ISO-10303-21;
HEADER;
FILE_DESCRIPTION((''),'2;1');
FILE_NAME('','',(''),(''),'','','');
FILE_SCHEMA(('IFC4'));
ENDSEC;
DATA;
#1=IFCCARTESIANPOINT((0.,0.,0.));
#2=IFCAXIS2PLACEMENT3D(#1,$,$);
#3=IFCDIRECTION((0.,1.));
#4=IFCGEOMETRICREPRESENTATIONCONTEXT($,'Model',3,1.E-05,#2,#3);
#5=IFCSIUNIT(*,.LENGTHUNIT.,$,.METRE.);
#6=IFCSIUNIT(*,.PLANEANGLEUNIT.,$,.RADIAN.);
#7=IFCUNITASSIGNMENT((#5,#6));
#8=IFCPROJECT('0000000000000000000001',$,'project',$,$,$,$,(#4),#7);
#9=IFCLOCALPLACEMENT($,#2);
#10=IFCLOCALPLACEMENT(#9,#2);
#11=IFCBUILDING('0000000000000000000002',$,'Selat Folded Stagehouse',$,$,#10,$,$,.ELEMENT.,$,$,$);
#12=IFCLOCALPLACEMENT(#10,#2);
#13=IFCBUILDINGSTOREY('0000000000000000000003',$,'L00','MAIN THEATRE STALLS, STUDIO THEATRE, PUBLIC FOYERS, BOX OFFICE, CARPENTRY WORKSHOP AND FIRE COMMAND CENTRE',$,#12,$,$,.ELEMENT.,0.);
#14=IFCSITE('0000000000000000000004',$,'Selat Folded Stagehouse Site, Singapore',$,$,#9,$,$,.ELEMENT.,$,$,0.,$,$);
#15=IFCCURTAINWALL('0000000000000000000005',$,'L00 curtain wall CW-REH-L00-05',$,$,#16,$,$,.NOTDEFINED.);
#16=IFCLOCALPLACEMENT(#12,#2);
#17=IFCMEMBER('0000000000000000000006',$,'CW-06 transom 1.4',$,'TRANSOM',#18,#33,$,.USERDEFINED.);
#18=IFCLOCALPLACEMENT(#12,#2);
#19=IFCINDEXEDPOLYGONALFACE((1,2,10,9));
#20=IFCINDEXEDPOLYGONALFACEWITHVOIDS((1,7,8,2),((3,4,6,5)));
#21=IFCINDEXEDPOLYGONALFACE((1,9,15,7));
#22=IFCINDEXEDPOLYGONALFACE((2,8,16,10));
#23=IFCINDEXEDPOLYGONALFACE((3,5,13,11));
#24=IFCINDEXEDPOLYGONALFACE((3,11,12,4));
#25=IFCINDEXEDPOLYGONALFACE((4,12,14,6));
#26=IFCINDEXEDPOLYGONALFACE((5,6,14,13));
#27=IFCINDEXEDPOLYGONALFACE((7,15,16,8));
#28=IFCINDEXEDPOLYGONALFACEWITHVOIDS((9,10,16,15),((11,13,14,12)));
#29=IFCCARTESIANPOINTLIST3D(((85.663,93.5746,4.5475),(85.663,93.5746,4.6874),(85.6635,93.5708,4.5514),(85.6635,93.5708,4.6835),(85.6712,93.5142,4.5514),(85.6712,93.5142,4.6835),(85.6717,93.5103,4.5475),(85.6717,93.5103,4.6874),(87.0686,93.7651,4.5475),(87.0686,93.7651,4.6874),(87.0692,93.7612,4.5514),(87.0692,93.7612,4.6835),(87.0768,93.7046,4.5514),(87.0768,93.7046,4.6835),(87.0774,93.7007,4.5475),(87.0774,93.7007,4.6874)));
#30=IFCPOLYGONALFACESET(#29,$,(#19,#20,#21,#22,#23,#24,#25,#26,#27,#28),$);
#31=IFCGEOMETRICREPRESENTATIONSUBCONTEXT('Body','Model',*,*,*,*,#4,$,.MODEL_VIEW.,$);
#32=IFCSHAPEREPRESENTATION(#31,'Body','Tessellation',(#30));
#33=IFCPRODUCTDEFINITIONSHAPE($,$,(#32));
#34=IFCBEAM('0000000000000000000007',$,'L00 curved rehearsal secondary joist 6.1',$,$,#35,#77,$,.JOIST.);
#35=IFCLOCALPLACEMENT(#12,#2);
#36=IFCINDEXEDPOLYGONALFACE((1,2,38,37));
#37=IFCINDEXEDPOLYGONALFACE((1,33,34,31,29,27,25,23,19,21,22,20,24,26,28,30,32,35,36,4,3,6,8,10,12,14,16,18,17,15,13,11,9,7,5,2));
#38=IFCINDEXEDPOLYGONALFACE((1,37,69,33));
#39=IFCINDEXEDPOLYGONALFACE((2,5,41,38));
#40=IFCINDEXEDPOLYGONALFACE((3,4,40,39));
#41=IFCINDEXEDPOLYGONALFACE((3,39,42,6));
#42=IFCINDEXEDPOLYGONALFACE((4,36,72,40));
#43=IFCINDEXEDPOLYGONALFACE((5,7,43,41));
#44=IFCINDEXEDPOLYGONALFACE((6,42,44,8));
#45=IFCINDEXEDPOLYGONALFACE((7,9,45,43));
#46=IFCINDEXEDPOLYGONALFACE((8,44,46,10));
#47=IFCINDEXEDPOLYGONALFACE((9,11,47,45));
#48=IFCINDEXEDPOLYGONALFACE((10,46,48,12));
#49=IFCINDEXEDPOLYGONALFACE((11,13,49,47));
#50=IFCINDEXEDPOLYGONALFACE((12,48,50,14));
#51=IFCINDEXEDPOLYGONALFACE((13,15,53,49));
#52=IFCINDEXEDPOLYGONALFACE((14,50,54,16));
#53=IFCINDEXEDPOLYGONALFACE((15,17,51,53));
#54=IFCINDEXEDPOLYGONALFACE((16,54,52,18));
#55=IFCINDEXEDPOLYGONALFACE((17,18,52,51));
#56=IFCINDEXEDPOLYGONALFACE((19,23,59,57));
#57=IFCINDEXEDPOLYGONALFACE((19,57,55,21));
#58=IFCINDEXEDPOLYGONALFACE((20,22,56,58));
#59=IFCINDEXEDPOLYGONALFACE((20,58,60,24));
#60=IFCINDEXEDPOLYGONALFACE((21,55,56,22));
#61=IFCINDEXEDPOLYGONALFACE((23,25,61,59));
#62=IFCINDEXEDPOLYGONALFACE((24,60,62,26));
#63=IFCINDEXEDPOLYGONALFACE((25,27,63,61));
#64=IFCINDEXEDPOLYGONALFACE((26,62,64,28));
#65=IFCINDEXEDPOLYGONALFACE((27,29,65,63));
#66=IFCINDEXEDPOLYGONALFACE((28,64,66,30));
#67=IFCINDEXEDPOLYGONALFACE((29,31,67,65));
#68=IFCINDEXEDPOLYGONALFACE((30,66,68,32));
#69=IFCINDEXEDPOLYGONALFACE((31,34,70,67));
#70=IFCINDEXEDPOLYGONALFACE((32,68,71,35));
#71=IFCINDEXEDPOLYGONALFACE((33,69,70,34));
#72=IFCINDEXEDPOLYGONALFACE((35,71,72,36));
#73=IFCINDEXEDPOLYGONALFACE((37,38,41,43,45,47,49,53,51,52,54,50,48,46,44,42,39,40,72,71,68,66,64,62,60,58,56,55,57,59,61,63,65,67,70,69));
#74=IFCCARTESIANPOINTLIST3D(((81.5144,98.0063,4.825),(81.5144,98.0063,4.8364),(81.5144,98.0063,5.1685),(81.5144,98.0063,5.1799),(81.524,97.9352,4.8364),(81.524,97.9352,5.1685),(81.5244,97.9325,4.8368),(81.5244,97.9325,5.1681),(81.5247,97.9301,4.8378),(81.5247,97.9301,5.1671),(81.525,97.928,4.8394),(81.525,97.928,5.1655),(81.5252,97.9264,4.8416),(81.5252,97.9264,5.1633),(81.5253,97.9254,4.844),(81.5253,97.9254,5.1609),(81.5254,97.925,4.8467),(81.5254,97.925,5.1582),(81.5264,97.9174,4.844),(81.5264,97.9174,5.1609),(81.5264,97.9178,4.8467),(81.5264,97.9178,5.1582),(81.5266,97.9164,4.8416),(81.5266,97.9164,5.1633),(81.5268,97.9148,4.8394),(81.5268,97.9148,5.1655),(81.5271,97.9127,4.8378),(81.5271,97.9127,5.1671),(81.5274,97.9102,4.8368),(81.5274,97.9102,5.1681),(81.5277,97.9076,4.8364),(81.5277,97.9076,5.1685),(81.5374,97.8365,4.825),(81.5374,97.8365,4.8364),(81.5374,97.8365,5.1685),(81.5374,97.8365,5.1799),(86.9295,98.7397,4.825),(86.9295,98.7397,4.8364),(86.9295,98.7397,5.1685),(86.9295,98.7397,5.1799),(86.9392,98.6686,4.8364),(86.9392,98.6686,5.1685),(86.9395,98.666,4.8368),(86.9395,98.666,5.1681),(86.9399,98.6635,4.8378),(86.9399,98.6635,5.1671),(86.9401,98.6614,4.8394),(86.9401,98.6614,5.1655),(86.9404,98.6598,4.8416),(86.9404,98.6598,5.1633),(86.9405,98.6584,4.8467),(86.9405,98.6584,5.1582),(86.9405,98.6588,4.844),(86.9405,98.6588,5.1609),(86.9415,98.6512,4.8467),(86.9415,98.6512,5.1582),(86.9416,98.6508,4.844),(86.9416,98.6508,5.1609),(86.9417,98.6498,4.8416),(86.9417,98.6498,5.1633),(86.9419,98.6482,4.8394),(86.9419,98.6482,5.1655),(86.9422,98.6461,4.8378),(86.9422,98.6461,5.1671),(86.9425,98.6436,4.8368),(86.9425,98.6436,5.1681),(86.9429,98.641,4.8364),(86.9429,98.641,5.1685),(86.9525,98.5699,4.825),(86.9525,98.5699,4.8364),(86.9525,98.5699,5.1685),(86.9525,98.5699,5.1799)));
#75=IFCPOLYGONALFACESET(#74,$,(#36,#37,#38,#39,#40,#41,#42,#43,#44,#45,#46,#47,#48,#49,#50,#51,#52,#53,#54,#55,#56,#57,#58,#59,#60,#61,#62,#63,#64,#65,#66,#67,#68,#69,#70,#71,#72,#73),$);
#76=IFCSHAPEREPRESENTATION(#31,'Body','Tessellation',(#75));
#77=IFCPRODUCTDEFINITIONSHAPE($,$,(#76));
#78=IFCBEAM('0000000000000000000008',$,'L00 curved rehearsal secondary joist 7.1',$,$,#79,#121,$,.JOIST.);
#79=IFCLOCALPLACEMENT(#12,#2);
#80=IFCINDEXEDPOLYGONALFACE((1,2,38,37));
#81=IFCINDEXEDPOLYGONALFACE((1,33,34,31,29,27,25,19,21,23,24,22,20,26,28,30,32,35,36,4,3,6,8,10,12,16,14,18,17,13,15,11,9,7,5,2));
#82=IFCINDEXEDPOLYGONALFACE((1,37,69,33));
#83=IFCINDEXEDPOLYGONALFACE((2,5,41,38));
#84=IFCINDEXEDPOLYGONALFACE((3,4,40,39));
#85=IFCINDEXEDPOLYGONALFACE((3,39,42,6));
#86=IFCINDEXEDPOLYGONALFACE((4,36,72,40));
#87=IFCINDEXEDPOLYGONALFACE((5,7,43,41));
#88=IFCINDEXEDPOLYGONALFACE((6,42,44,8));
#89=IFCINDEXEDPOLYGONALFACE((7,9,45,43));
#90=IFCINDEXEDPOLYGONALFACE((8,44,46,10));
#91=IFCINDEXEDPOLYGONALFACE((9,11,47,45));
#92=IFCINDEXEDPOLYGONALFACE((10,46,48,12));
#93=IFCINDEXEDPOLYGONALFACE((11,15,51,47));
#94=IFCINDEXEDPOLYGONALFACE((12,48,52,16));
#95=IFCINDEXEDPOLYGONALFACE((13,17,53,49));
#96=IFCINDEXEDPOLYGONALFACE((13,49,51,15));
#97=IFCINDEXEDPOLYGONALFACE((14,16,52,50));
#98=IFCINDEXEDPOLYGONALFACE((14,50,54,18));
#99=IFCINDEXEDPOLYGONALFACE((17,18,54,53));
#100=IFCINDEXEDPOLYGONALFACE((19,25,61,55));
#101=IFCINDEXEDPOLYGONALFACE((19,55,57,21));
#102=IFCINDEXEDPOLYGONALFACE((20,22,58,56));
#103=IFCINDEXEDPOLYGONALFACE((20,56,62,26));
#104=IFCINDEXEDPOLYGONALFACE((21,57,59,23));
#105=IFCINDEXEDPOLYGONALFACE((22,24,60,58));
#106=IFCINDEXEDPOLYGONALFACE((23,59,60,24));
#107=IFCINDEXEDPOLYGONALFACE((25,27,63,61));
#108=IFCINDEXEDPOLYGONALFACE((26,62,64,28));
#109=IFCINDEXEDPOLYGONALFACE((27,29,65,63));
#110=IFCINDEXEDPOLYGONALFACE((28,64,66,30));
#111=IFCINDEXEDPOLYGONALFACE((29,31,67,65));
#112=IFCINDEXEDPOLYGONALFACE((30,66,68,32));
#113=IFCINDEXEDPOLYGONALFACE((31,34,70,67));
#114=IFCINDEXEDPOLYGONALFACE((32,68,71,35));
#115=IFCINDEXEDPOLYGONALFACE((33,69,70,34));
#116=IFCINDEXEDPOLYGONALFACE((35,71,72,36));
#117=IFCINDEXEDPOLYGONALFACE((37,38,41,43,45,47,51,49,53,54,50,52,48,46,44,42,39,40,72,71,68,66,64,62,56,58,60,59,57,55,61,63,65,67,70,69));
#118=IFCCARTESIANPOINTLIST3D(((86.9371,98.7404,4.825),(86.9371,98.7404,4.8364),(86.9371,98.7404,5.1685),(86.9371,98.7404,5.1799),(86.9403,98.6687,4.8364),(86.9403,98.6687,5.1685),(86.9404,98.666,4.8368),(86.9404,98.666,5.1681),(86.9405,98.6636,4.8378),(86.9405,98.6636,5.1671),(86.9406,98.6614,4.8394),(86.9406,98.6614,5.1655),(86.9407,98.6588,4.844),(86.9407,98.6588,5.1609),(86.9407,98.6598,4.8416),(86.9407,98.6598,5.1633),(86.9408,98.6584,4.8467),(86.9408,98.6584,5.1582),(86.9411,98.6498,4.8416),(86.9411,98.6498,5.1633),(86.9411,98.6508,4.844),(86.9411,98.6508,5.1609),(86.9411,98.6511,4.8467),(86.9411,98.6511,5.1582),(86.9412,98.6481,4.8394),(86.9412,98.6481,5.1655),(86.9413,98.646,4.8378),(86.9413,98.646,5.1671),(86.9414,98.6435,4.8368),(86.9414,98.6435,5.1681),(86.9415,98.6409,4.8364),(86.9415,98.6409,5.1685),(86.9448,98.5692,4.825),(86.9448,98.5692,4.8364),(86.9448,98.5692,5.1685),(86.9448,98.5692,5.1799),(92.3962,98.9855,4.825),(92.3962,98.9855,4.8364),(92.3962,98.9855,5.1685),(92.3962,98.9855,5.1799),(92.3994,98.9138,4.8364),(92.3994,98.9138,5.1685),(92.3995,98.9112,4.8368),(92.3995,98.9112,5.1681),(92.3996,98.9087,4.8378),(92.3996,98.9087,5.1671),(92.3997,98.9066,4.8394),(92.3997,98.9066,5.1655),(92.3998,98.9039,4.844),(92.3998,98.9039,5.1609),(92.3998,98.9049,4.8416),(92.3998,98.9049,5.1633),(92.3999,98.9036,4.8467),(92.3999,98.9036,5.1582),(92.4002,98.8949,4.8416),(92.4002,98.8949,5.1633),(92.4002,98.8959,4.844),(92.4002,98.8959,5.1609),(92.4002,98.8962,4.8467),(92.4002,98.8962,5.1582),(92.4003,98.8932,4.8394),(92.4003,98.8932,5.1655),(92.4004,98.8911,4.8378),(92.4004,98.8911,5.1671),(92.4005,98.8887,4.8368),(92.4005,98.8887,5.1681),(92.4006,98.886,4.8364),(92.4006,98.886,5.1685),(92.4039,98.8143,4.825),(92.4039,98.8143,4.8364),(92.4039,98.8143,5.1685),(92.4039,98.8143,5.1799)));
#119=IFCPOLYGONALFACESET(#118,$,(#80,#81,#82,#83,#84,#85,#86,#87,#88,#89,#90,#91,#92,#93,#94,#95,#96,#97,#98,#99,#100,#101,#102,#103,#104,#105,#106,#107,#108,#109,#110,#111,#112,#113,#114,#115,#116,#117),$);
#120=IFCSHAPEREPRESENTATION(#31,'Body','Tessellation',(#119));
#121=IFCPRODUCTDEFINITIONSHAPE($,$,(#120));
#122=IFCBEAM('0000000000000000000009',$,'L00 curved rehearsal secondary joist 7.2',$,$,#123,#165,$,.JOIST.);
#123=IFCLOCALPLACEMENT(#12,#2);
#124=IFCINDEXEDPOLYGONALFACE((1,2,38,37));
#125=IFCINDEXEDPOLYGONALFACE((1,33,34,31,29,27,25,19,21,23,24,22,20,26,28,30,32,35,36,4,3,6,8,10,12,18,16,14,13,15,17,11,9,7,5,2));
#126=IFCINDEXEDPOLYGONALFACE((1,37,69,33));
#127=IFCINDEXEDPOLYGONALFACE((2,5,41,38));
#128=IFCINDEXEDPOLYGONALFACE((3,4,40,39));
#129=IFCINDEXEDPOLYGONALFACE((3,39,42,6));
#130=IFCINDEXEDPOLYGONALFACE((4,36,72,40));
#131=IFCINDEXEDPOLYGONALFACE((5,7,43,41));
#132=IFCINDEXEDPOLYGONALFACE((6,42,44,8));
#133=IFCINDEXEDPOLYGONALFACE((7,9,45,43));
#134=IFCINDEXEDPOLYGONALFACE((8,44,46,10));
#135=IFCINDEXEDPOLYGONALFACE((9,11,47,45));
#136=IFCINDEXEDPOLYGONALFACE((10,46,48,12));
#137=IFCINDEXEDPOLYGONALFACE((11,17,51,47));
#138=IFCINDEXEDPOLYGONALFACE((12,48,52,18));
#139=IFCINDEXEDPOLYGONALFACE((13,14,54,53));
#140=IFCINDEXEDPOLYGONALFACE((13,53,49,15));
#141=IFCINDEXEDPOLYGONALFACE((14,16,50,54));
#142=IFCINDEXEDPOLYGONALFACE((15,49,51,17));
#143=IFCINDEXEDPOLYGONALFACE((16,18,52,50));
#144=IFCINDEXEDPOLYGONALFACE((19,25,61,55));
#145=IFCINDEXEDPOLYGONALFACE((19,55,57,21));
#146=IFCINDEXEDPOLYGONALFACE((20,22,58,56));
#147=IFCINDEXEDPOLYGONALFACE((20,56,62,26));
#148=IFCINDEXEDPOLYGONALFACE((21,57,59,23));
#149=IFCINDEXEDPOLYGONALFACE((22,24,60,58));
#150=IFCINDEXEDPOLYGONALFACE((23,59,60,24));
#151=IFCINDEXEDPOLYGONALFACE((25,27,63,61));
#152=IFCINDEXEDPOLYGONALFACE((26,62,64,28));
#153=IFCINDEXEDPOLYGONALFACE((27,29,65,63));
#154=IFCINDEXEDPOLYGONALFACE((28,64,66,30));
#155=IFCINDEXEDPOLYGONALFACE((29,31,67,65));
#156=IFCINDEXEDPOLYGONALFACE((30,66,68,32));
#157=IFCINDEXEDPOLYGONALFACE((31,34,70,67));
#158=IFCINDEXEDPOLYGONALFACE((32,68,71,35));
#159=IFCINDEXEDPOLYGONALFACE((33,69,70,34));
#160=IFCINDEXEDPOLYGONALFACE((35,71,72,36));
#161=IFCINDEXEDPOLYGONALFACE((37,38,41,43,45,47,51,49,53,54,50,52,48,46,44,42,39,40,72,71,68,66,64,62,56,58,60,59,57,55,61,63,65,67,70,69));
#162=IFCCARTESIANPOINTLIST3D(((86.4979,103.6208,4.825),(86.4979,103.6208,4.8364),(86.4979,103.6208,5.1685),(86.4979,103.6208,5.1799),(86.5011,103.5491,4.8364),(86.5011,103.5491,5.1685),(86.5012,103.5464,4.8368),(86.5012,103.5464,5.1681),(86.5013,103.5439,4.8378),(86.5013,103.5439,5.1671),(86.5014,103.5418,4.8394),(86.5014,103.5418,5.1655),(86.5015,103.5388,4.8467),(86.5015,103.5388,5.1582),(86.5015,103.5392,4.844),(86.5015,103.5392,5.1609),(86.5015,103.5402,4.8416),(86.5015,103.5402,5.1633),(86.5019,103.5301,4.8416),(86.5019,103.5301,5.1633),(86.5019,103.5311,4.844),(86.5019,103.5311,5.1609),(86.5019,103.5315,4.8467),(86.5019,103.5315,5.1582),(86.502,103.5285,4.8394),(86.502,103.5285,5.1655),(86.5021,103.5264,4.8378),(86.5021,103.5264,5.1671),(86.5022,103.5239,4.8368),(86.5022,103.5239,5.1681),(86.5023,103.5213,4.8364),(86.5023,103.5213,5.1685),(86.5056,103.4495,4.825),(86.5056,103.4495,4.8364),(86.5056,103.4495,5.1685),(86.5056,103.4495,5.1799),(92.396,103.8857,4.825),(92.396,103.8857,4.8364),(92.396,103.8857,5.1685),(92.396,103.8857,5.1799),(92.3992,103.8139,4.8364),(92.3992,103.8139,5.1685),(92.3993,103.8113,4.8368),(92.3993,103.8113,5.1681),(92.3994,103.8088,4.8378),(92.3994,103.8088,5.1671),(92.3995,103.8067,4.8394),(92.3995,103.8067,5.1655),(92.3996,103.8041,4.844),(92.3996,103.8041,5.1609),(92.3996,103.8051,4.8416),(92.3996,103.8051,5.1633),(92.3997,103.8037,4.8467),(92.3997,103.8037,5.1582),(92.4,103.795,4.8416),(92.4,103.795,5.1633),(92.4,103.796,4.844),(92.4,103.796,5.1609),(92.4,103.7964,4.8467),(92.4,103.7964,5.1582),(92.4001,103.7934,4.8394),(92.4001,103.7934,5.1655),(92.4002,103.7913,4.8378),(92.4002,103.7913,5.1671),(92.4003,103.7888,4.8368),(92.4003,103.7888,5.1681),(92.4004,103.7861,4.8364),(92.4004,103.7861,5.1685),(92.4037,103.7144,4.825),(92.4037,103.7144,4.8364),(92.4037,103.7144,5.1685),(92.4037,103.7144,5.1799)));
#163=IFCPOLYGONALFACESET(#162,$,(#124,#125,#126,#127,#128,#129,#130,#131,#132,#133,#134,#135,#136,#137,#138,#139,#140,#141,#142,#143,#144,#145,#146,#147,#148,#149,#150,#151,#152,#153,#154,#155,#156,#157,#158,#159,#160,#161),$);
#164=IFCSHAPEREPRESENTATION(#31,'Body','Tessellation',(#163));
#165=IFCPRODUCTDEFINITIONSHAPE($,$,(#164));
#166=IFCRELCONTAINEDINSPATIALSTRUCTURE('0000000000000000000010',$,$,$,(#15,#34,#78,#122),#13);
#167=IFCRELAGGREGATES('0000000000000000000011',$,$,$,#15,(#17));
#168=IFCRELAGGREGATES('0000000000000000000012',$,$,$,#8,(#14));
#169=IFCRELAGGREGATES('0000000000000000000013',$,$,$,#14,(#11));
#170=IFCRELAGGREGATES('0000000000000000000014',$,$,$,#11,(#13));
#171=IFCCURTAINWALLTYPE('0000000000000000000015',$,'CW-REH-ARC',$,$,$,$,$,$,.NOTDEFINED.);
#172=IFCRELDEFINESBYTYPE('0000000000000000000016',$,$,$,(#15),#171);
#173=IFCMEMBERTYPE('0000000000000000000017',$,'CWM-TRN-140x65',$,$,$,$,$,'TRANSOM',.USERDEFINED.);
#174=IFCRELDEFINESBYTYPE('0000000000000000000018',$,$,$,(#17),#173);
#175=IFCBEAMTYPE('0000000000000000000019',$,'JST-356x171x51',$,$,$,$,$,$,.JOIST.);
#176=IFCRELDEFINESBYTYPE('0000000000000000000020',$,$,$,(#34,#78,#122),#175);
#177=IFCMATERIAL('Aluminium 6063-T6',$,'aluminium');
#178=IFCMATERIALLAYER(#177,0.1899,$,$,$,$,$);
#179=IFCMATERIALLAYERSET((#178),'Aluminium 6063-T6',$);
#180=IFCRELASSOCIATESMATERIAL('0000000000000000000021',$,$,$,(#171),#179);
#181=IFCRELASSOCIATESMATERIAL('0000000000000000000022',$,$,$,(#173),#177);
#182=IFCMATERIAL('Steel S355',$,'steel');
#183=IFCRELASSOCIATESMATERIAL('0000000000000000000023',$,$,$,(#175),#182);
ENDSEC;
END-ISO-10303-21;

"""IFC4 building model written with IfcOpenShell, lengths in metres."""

from ifc_helpers import new_model, si_unit, direction, frame, origin, origin_2d, place, context, subcontext, project, spatial, hollow_rectangle, i_section, extrude, material, layer, layer_set, material_profile, profile_set, type_object, element, aggregate, save


model = new_model("IFC4")

# Units and contexts
model_context = context("Model", 3, precision=1e-05, world=origin(), true_north=direction((0.0, 1.0)))
body_context = subcontext(model_context, "Body", "Model", "MODEL_VIEW")
ifc_project = project(units=[si_unit("LENGTHUNIT", "METRE"), si_unit("PLANEANGLEUNIT", "RADIAN")], contexts=[model_context])

# Site, building, storey
site_placement = place(None, origin())
site = spatial("IfcSite", under=ifc_project, at=site_placement, Name="Selat Folded Stagehouse Site, Singapore", CompositionType="ELEMENT", RefElevation=0.0)
building_placement = place(site_placement, origin())
building = spatial("IfcBuilding", under=site, at=building_placement, Name="Selat Folded Stagehouse", CompositionType="ELEMENT")
storey_placement = place(building_placement, origin())
storey = spatial("IfcBuildingStorey", under=building, at=storey_placement, Name="L00", Description="MAIN THEATRE STALLS, STUDIO THEATRE, PUBLIC FOYERS, BOX OFFICE, CARPENTRY WORKSHOP AND FIRE COMMAND CENTRE", CompositionType="ELEMENT", Elevation=0.0)

# Shared definitions
ifc_material_1 = material(Name="Steel S355", Category="steel")

# Curtain wall, member
ifc_material_2 = material(Name="Aluminium 6063-T6", Category="aluminium")
ifc_layer_1 = layer(ifc_material_2, 0.1899)
ifc_layer_set_1 = layer_set([ifc_layer_1], Name="Aluminium 6063-T6")
curtain_wall_type = type_object("IfcCurtainWallType", Name="CW-REH-ARC", PredefinedType="NOTDEFINED", material=ifc_layer_set_1)
curtain_wall_placement = place(storey_placement, origin())
curtain_wall = element("IfcCurtainWall", 1, at=curtain_wall_placement, inside=storey, type_object=curtain_wall_type, Name="L00 curtain wall CW-REH-L00-05", PredefinedType="NOTDEFINED")
ifc_material_profile_1 = material_profile(ifc_material_2, hollow_rectangle(XDim=0.0649, YDim=0.1399, WallThickness=0.0039, at=origin_2d()), Name="ALU 140x65x4.0")
ifc_profile_set_1 = profile_set([ifc_material_profile_1], Name="Aluminium 6063-T6")
member_type_1 = type_object("IfcMemberType", Name="CWM-TRN-140x65", ElementType="TRANSOM", PredefinedType="USERDEFINED", material=ifc_profile_set_1)
member_1_placement = place(storey_placement, frame((87.073, 93.7329, 4.6174), z_axis=(-0.990946, -0.134261, 0.0), x_axis=(0.134261, -0.990946, 0.0)))
member_1 = element("IfcMember", 2, at=member_1_placement, type_object=member_type_1, Name="CW-06 transom 1.4", ObjectType="TRANSOM", PredefinedType="USERDEFINED", context=body_context, shape_type="SweptSolid", body=[
    extrude(hollow_rectangle(XDim=0.0649, YDim=0.1399, WallThickness=0.0039, at=origin_2d()), origin(), (0.0, 0.0, 1.0), 1.4185),
])

# Beams
ifc_material_profile_2 = material_profile(ifc_material_1, i_section(OverallWidth=0.1714, OverallDepth=0.355, WebThickness=0.0073, FlangeThickness=0.0115, FilletRadius=0.0103, at=origin_2d()), Name="UKB 356x171x51")
ifc_profile_set_2 = profile_set([ifc_material_profile_2], Name="Steel S355")
beam_type_1 = type_object("IfcBeamType", Name="JST-356x171x51", PredefinedType="JOIST", material=ifc_profile_set_2)
for number, where, z_axis, x_axis, name in (
    (3, (81.5259, 97.9214, 5.0024), (0.990953, 0.134212, 0.0), (-0.134212, 0.990953, 0.0), "L00 curved rehearsal secondary joist 6.1"),
    (4, (86.9409, 98.6548, 5.0024), (0.998993, 0.044856, 0.0), (-0.044856, 0.998993, 0.0), "L00 curved rehearsal secondary joist 7.1"),
):
    element("IfcBeam", number, at=place(storey_placement, frame(where, z_axis=z_axis, x_axis=x_axis)), inside=storey, type_object=beam_type_1, Name=name, PredefinedType="JOIST", context=body_context, shape_type="SweptSolid", body=[
        extrude(i_section(OverallWidth=0.1714, OverallDepth=0.355, WebThickness=0.0073, FlangeThickness=0.0115, FilletRadius=0.0103, at=origin_2d()), origin(), (0.0, 0.0, 1.0), 5.4646),
    ])
beam_1_placement = place(storey_placement, frame((86.5017, 103.5352, 5.0024), z_axis=(0.998993, 0.044866, 0.0), x_axis=(-0.044866, 0.998993, 0.0)))
element("IfcBeam", 5, at=beam_1_placement, inside=storey, type_object=beam_type_1, Name="L00 curved rehearsal secondary joist 7.2", PredefinedType="JOIST", context=body_context, shape_type="SweptSolid", body=[
    extrude(i_section(OverallWidth=0.1714, OverallDepth=0.355, WebThickness=0.0073, FlangeThickness=0.0115, FilletRadius=0.0103, at=origin_2d()), origin(), (0.0, 0.0, 1.0), 5.9041),
])

aggregate(curtain_wall, [member_1])

save(model, "model.ifc")
